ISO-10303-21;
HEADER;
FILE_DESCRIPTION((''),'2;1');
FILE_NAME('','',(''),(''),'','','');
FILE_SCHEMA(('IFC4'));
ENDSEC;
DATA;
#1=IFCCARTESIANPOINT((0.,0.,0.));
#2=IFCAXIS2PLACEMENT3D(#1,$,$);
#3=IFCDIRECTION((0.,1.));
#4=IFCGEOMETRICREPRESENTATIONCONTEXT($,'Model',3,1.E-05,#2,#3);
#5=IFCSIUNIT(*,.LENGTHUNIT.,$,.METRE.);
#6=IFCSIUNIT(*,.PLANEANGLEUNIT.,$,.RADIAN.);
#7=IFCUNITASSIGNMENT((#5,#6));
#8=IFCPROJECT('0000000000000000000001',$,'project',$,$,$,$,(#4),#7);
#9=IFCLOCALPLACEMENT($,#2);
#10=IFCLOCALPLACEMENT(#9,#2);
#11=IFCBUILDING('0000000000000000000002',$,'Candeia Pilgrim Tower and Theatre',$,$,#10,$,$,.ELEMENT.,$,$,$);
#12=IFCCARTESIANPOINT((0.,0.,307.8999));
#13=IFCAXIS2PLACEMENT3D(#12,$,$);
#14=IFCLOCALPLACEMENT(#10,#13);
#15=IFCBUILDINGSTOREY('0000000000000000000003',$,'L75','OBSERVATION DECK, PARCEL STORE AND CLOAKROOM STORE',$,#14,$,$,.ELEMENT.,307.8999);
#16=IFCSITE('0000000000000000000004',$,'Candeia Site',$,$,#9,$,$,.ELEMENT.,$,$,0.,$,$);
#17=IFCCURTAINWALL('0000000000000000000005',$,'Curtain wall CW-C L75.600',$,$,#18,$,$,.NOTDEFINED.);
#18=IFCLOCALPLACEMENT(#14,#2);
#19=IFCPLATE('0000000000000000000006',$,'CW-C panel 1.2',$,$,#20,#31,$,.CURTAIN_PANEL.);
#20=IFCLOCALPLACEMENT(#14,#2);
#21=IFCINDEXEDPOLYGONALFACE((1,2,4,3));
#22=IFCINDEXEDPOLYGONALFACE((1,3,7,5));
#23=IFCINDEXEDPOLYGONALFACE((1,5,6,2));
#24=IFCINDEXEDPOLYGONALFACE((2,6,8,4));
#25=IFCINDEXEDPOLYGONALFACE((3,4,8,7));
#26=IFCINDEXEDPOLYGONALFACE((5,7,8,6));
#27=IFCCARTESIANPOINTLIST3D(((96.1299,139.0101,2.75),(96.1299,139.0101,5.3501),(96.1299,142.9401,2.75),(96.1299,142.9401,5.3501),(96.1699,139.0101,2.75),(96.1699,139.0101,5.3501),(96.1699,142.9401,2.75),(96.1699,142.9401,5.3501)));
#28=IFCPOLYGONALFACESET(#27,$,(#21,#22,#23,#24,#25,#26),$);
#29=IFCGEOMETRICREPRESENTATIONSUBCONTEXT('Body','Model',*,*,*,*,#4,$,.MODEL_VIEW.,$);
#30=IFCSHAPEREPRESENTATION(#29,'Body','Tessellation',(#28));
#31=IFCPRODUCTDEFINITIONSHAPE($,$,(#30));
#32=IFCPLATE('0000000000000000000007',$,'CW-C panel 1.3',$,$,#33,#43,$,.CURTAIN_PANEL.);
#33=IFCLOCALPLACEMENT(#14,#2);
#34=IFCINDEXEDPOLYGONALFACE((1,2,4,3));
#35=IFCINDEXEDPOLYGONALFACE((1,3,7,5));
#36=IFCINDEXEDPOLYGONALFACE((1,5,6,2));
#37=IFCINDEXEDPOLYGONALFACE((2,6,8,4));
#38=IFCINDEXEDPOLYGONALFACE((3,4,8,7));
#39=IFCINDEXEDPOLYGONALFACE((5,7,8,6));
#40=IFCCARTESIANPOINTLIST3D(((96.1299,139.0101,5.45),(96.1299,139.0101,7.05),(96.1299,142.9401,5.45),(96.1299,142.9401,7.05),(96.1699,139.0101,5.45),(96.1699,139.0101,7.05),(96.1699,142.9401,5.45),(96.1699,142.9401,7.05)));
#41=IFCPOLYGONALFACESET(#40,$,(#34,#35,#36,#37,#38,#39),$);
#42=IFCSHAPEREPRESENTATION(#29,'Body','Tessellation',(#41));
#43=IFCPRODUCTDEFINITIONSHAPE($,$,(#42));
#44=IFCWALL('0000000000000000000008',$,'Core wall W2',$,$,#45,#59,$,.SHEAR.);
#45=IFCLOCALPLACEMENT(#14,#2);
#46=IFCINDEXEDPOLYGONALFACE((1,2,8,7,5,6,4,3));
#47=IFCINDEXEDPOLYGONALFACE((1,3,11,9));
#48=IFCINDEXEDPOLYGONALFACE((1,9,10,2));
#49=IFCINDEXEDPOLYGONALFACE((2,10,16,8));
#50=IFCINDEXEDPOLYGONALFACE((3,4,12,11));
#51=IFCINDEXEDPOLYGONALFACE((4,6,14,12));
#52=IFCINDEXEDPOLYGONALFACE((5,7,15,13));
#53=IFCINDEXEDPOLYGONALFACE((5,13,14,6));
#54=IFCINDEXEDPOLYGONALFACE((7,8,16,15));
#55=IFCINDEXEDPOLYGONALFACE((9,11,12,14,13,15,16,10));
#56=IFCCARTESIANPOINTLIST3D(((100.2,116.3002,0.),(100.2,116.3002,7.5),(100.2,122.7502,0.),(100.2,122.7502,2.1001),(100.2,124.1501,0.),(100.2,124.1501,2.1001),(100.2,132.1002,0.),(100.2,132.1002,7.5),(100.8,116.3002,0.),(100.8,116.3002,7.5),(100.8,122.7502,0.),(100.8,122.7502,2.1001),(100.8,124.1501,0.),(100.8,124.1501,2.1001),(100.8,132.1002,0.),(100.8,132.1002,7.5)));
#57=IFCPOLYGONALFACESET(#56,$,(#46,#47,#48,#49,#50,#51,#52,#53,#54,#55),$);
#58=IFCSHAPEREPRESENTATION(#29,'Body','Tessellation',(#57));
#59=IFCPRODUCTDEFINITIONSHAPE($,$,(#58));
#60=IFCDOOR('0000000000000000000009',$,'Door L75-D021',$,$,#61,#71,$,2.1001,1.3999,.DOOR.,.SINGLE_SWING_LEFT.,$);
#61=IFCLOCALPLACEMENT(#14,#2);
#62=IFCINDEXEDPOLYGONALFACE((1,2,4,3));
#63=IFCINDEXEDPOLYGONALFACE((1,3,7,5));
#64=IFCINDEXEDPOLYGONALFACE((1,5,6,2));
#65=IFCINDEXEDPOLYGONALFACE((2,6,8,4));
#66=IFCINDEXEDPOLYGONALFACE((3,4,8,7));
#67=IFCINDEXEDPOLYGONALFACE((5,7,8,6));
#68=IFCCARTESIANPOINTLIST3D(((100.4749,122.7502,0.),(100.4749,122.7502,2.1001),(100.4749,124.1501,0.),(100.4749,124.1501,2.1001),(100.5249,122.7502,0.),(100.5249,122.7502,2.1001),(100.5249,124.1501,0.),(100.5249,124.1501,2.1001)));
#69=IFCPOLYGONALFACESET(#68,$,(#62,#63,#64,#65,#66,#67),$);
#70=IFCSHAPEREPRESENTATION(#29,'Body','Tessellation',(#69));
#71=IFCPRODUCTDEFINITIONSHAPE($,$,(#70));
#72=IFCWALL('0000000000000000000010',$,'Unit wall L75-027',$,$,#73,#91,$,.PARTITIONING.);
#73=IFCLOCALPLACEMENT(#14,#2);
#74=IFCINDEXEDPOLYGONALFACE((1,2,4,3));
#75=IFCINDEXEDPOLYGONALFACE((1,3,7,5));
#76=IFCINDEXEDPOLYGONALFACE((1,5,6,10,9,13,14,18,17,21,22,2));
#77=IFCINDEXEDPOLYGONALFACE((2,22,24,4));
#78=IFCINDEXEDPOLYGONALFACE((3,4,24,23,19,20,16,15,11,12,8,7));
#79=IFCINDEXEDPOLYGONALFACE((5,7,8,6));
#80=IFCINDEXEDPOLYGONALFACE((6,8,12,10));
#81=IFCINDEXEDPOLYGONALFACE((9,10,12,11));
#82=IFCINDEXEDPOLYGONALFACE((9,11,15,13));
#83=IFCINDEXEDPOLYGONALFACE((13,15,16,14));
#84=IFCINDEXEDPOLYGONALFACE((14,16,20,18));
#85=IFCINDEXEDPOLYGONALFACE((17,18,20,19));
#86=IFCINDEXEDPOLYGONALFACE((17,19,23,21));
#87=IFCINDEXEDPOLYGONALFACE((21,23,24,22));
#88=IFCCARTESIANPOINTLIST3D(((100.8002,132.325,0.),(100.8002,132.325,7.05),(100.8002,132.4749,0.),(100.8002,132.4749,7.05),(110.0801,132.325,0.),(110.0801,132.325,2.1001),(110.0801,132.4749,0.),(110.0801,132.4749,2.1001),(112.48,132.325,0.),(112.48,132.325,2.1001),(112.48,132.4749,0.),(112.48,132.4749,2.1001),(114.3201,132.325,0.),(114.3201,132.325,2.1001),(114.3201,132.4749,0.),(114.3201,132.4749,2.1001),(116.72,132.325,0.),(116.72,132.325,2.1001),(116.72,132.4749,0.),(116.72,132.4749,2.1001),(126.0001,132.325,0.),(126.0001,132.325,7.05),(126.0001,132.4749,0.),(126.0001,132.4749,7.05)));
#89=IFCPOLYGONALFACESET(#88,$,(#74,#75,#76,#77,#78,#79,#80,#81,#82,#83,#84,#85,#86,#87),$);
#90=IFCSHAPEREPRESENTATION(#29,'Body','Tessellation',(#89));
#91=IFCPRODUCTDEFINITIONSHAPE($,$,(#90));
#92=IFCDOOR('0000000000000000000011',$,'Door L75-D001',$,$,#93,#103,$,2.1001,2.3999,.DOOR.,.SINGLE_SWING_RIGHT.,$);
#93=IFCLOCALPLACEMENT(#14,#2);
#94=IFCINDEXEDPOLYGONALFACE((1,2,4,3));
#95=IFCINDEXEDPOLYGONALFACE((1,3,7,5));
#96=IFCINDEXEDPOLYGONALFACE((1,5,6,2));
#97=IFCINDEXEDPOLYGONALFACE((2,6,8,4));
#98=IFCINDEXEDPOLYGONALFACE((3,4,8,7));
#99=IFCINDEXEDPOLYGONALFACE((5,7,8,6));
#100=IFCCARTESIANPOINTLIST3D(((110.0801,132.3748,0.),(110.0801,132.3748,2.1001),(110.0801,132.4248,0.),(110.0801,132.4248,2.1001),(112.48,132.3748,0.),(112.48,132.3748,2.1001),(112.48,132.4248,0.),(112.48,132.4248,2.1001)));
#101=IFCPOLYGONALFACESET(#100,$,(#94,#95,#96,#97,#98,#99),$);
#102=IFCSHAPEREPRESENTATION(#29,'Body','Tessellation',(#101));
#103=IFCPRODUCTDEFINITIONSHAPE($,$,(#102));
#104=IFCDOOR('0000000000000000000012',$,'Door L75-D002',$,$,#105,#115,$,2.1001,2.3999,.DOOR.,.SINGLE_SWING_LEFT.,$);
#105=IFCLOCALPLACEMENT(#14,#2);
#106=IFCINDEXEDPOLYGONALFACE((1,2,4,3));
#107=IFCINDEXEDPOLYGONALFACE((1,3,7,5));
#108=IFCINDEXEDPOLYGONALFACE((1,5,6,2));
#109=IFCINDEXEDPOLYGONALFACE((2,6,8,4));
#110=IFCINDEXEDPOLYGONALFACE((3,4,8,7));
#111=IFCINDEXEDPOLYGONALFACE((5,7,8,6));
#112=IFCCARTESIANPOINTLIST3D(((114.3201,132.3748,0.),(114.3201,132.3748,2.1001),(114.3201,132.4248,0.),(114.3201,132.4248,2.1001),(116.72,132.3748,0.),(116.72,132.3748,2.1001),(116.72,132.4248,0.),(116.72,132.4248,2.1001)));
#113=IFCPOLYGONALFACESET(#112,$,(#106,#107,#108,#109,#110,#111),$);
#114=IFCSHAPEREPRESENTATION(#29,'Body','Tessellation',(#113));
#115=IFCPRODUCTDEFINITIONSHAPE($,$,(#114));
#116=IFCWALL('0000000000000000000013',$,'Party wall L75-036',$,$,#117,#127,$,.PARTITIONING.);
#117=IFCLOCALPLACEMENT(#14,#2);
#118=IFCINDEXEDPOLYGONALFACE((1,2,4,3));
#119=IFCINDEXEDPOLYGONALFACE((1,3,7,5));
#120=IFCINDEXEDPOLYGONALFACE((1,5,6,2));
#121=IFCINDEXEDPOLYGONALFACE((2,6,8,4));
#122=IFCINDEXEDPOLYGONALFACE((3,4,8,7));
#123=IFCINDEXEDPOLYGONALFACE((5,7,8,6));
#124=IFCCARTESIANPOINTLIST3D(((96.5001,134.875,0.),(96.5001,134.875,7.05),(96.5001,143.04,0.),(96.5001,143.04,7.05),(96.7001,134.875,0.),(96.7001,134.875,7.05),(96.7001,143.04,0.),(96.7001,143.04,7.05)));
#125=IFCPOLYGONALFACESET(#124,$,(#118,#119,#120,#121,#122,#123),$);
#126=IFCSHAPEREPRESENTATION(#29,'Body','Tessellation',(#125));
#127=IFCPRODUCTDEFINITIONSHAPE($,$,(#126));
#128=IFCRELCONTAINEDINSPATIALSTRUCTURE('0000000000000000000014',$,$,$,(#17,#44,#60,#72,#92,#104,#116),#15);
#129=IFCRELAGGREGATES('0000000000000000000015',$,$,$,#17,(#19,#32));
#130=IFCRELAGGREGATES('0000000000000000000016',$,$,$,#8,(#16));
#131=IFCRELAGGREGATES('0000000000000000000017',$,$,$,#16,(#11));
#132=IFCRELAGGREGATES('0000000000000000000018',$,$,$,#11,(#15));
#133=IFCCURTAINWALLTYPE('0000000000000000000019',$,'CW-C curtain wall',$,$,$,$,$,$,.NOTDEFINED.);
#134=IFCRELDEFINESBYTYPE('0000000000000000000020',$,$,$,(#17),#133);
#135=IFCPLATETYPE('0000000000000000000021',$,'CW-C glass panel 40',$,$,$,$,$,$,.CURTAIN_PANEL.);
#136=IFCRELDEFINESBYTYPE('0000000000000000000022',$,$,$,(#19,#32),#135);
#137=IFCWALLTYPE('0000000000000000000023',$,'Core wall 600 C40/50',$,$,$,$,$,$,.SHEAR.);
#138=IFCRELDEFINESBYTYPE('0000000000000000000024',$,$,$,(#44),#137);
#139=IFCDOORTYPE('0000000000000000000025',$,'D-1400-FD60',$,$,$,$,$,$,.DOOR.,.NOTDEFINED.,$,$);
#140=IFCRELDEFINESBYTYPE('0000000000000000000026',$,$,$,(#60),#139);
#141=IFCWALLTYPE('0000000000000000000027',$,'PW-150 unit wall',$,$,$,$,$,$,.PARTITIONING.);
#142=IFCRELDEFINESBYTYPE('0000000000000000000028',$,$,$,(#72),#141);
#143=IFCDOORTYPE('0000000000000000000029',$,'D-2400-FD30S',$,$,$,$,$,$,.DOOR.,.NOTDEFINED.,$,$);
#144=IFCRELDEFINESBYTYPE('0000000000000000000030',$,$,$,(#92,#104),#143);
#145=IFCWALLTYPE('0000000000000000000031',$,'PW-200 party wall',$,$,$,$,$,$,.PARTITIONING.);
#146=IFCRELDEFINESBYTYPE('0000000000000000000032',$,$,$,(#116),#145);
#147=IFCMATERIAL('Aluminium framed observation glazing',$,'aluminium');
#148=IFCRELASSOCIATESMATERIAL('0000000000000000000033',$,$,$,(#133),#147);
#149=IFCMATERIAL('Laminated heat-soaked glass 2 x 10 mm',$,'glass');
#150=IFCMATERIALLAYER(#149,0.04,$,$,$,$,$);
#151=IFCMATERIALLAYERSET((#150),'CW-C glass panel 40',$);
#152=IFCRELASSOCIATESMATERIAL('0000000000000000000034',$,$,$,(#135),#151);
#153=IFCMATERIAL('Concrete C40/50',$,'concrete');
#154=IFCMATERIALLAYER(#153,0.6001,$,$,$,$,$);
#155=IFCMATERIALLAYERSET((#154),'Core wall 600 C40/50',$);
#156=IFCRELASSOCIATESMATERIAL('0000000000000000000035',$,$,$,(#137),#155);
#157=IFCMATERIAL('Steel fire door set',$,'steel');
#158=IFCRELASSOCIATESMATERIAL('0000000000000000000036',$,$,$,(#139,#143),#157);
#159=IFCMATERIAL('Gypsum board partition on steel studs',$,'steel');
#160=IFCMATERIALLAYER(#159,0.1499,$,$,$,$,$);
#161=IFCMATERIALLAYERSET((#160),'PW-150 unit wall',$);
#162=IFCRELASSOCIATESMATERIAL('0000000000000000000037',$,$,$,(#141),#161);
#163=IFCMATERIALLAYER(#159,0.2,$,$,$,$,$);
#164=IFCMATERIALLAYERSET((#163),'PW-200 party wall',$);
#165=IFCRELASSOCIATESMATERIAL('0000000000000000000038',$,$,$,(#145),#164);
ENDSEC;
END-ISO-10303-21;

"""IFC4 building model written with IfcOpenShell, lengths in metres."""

from ifc_helpers import new_model, si_unit, direction, frame, frame_2d, origin, origin_2d, place, context, subcontext, project, spatial, rectangle, extrude, material, layer, layer_set, type_object, element, fill, aggregate, save


model = new_model("IFC4")

# Units and contexts
model_context = context("Model", 3, precision=1e-05, world=origin(), true_north=direction((0.0, 1.0)))
body_context = subcontext(model_context, "Body", "Model", "MODEL_VIEW")
ifc_project = project(units=[si_unit("LENGTHUNIT", "METRE"), si_unit("PLANEANGLEUNIT", "RADIAN")], contexts=[model_context])

# Site, building, storey
site_placement = place(None, origin())
site = spatial("IfcSite", under=ifc_project, at=site_placement, Name="Candeia Site", CompositionType="ELEMENT", RefElevation=0.0)
building_placement = place(site_placement, origin())
building = spatial("IfcBuilding", under=site, at=building_placement, Name="Candeia Pilgrim Tower and Theatre", CompositionType="ELEMENT")
storey_placement = place(building_placement, frame((0.0, 0.0, 307.8999)))
storey = spatial("IfcBuildingStorey", under=building, at=storey_placement, Name="L75", Description="OBSERVATION DECK, PARCEL STORE AND CLOAKROOM STORE", CompositionType="ELEMENT", Elevation=307.8999)

# Shared definitions
ifc_material_1 = material(Name="Concrete C40/50", Category="concrete")

# Shared definitions
ifc_material_2 = material(Name="Aluminium framed observation glazing", Category="aluminium")
curtain_wall_type = type_object("IfcCurtainWallType", Name="CW-C curtain wall", PredefinedType="NOTDEFINED", material=ifc_material_2)

# Curtain wall
curtain_wall_1_placement = place(storey_placement, origin())
curtain_wall_1 = element("IfcCurtainWall", 1, at=curtain_wall_1_placement, inside=storey, type_object=curtain_wall_type, Name="Curtain wall CW-C L75.600", PredefinedType="NOTDEFINED")

# Plates
ifc_material_3 = material(Name="Laminated heat-soaked glass 2 x 10 mm", Category="glass")
ifc_layer_1 = layer(ifc_material_3, 0.04)
ifc_layer_set_1 = layer_set([ifc_layer_1], Name="CW-C glass panel 40")
plate_type = type_object("IfcPlateType", Name="CW-C glass panel 40", PredefinedType="CURTAIN_PANEL", material=ifc_layer_set_1)
plate_1_placement = place(storey_placement, frame((96.1499, 140.9751, 2.75), z_axis=(0.0, 0.0, 1.0), x_axis=(0.0, -1.0, 0.0)))
plate_1 = element("IfcPlate", 2, at=plate_1_placement, type_object=plate_type, Name="CW-C panel 1.2", PredefinedType="CURTAIN_PANEL", context=body_context, shape_type="SweptSolid", body=[
    extrude(rectangle(XDim=3.9299, YDim=0.04, at=origin_2d()), origin(), (0.0, 0.0, 1.0), 2.6001),
])
plate_2_placement = place(storey_placement, frame((96.1499, 140.9751, 5.45), z_axis=(0.0, 0.0, 1.0), x_axis=(0.0, -1.0, 0.0)))
plate_2 = element("IfcPlate", 3, at=plate_2_placement, type_object=plate_type, Name="CW-C panel 1.3", PredefinedType="CURTAIN_PANEL", context=body_context, shape_type="SweptSolid", body=[
    extrude(rectangle(XDim=3.9299, YDim=0.04, at=origin_2d()), origin(), (0.0, 0.0, 1.0), 1.6001),
])
aggregate(curtain_wall_1, [plate_1, plate_2])

# Wall, opening, door
ifc_layer_2 = layer(ifc_material_1, 0.6001)
ifc_layer_set_2 = layer_set([ifc_layer_2], Name="Core wall 600 C40/50")
wall_type_1 = type_object("IfcWallType", Name="Core wall 600 C40/50", PredefinedType="SHEAR", material=ifc_layer_set_2)
wall_1_placement = place(storey_placement, frame((100.5, 132.1001, 0.0), z_axis=(0.0, 0.0, 1.0), x_axis=(0.0, -1.0, 0.0)))
wall_1 = element("IfcWall", 4, at=wall_1_placement, inside=storey, type_object=wall_type_1, Name="Core wall W2", PredefinedType="SHEAR", context=body_context, shape_type="SweptSolid", body=[
    extrude(rectangle(XDim=15.8, YDim=0.6001, at=frame_2d((7.8999, 0.0))), origin(), (0.0, 0.0, 1.0), 7.5),
])
opening_1_placement = place(wall_1_placement, frame((7.95, 0.0, 0.0)))
opening_1 = element("IfcOpeningElement", 5, at=opening_1_placement, cuts=wall_1, PredefinedType="OPENING", context=body_context, shape_type="SweptSolid", body=[
    extrude(rectangle(XDim=1.3999, YDim=2.1001, at=frame_2d((0.7, 1.05))), frame((0.0, 0.3101, 0.0), z_axis=(0.0, -1.0, 0.0), x_axis=(1.0, 0.0, 0.0)), (0.0, 0.0, 1.0), 0.6201),
])
ifc_material_4 = material(Name="Steel fire door set", Category="steel")
door_type_1 = type_object("IfcDoorType", Name="D-1400-FD60", OperationType="NOTDEFINED", PredefinedType="DOOR", material=ifc_material_4)
door_1_placement = place(opening_1_placement, origin())
door_1 = element("IfcDoor", 6, at=door_1_placement, inside=storey, type_object=door_type_1, Name="Door L75-D021", OperationType="SINGLE_SWING_LEFT", OverallHeight=2.1001, OverallWidth=1.3999, PredefinedType="DOOR", context=body_context, shape_type="SweptSolid", body=[
    extrude(rectangle(XDim=1.3999, YDim=2.1001, at=frame_2d((0.7, 1.05))), frame((0.0, 0.0249, 0.0), z_axis=(0.0, -1.0, 0.0), x_axis=(1.0, 0.0, 0.0)), (0.0, 0.0, 1.0), 0.05),
])
fill(opening_1, door_1)

# Wall, openings, doors
ifc_material_5 = material(Name="Gypsum board partition on steel studs", Category="steel")
ifc_layer_3 = layer(ifc_material_5, 0.1499)
ifc_layer_set_3 = layer_set([ifc_layer_3], Name="PW-150 unit wall")
wall_type_2 = type_object("IfcWallType", Name="PW-150 unit wall", PredefinedType="PARTITIONING", material=ifc_layer_set_3)
wall_2_placement = place(storey_placement, frame((100.8, 132.3999, 0.0), z_axis=(0.0, 0.0, 1.0), x_axis=(1.0, 0.0, 0.0)))
wall_2 = element("IfcWall", 7, at=wall_2_placement, inside=storey, type_object=wall_type_2, Name="Unit wall L75-027", PredefinedType="PARTITIONING", context=body_context, shape_type="SweptSolid", body=[
    extrude(rectangle(XDim=25.2, YDim=0.1499, at=frame_2d((12.6001, 0.0))), origin(), (0.0, 0.0, 1.0), 7.05),
])
opening_2_placement = place(wall_2_placement, frame((9.28, 0.0, 0.0)))
opening_2 = element("IfcOpeningElement", 8, at=opening_2_placement, cuts=wall_2, PredefinedType="OPENING", context=body_context, shape_type="SweptSolid", body=[
    extrude(rectangle(XDim=2.3999, YDim=2.1001, at=frame_2d((1.2, 1.05))), frame((0.0, 0.085, 0.0), z_axis=(0.0, -1.0, 0.0), x_axis=(1.0, 0.0, 0.0)), (0.0, 0.0, 1.0), 0.1699),
])
opening_3_placement = place(wall_2_placement, frame((13.52, 0.0, 0.0)))
opening_3 = element("IfcOpeningElement", 9, at=opening_3_placement, cuts=wall_2, PredefinedType="OPENING", context=body_context, shape_type="SweptSolid", body=[
    extrude(rectangle(XDim=2.3999, YDim=2.1001, at=frame_2d((1.2, 1.05))), frame((0.0, 0.085, 0.0), z_axis=(0.0, -1.0, 0.0), x_axis=(1.0, 0.0, 0.0)), (0.0, 0.0, 1.0), 0.1699),
])
door_type_2 = type_object("IfcDoorType", Name="D-2400-FD30S", OperationType="NOTDEFINED", PredefinedType="DOOR", material=ifc_material_4)
door_2_placement = place(opening_2_placement, origin())
door_2 = element("IfcDoor", 10, at=door_2_placement, inside=storey, type_object=door_type_2, Name="Door L75-D001", OperationType="SINGLE_SWING_RIGHT", OverallHeight=2.1001, OverallWidth=2.3999, PredefinedType="DOOR", context=body_context, shape_type="SweptSolid", body=[
    extrude(rectangle(XDim=2.3999, YDim=2.1001, at=frame_2d((1.2, 1.05))), frame((0.0, 0.0249, 0.0), z_axis=(0.0, -1.0, 0.0), x_axis=(1.0, 0.0, 0.0)), (0.0, 0.0, 1.0), 0.05),
])
fill(opening_2, door_2)
door_3_placement = place(opening_3_placement, origin())
door_3 = element("IfcDoor", 11, at=door_3_placement, inside=storey, type_object=door_type_2, Name="Door L75-D002", OperationType="SINGLE_SWING_LEFT", OverallHeight=2.1001, OverallWidth=2.3999, PredefinedType="DOOR", context=body_context, shape_type="SweptSolid", body=[
    extrude(rectangle(XDim=2.3999, YDim=2.1001, at=frame_2d((1.2, 1.05))), frame((0.0, 0.0249, 0.0), z_axis=(0.0, -1.0, 0.0), x_axis=(1.0, 0.0, 0.0)), (0.0, 0.0, 1.0), 0.05),
])
fill(opening_3, door_3)

# Wall
ifc_layer_4 = layer(ifc_material_5, 0.2)
ifc_layer_set_4 = layer_set([ifc_layer_4], Name="PW-200 party wall")
wall_type_3 = type_object("IfcWallType", Name="PW-200 party wall", PredefinedType="PARTITIONING", material=ifc_layer_set_4)
wall_3_placement = place(storey_placement, frame((96.6001, 134.875, 0.0), z_axis=(0.0, 0.0, 1.0), x_axis=(0.0, 1.0, 0.0)))
element("IfcWall", 12, at=wall_3_placement, inside=storey, type_object=wall_type_3, Name="Party wall L75-036", PredefinedType="PARTITIONING", context=body_context, shape_type="SweptSolid", body=[
    extrude(rectangle(XDim=8.165, YDim=0.2, at=frame_2d((4.0825, 0.0))), origin(), (0.0, 0.0, 1.0), 7.05),
])

save(model, "model.ifc")
